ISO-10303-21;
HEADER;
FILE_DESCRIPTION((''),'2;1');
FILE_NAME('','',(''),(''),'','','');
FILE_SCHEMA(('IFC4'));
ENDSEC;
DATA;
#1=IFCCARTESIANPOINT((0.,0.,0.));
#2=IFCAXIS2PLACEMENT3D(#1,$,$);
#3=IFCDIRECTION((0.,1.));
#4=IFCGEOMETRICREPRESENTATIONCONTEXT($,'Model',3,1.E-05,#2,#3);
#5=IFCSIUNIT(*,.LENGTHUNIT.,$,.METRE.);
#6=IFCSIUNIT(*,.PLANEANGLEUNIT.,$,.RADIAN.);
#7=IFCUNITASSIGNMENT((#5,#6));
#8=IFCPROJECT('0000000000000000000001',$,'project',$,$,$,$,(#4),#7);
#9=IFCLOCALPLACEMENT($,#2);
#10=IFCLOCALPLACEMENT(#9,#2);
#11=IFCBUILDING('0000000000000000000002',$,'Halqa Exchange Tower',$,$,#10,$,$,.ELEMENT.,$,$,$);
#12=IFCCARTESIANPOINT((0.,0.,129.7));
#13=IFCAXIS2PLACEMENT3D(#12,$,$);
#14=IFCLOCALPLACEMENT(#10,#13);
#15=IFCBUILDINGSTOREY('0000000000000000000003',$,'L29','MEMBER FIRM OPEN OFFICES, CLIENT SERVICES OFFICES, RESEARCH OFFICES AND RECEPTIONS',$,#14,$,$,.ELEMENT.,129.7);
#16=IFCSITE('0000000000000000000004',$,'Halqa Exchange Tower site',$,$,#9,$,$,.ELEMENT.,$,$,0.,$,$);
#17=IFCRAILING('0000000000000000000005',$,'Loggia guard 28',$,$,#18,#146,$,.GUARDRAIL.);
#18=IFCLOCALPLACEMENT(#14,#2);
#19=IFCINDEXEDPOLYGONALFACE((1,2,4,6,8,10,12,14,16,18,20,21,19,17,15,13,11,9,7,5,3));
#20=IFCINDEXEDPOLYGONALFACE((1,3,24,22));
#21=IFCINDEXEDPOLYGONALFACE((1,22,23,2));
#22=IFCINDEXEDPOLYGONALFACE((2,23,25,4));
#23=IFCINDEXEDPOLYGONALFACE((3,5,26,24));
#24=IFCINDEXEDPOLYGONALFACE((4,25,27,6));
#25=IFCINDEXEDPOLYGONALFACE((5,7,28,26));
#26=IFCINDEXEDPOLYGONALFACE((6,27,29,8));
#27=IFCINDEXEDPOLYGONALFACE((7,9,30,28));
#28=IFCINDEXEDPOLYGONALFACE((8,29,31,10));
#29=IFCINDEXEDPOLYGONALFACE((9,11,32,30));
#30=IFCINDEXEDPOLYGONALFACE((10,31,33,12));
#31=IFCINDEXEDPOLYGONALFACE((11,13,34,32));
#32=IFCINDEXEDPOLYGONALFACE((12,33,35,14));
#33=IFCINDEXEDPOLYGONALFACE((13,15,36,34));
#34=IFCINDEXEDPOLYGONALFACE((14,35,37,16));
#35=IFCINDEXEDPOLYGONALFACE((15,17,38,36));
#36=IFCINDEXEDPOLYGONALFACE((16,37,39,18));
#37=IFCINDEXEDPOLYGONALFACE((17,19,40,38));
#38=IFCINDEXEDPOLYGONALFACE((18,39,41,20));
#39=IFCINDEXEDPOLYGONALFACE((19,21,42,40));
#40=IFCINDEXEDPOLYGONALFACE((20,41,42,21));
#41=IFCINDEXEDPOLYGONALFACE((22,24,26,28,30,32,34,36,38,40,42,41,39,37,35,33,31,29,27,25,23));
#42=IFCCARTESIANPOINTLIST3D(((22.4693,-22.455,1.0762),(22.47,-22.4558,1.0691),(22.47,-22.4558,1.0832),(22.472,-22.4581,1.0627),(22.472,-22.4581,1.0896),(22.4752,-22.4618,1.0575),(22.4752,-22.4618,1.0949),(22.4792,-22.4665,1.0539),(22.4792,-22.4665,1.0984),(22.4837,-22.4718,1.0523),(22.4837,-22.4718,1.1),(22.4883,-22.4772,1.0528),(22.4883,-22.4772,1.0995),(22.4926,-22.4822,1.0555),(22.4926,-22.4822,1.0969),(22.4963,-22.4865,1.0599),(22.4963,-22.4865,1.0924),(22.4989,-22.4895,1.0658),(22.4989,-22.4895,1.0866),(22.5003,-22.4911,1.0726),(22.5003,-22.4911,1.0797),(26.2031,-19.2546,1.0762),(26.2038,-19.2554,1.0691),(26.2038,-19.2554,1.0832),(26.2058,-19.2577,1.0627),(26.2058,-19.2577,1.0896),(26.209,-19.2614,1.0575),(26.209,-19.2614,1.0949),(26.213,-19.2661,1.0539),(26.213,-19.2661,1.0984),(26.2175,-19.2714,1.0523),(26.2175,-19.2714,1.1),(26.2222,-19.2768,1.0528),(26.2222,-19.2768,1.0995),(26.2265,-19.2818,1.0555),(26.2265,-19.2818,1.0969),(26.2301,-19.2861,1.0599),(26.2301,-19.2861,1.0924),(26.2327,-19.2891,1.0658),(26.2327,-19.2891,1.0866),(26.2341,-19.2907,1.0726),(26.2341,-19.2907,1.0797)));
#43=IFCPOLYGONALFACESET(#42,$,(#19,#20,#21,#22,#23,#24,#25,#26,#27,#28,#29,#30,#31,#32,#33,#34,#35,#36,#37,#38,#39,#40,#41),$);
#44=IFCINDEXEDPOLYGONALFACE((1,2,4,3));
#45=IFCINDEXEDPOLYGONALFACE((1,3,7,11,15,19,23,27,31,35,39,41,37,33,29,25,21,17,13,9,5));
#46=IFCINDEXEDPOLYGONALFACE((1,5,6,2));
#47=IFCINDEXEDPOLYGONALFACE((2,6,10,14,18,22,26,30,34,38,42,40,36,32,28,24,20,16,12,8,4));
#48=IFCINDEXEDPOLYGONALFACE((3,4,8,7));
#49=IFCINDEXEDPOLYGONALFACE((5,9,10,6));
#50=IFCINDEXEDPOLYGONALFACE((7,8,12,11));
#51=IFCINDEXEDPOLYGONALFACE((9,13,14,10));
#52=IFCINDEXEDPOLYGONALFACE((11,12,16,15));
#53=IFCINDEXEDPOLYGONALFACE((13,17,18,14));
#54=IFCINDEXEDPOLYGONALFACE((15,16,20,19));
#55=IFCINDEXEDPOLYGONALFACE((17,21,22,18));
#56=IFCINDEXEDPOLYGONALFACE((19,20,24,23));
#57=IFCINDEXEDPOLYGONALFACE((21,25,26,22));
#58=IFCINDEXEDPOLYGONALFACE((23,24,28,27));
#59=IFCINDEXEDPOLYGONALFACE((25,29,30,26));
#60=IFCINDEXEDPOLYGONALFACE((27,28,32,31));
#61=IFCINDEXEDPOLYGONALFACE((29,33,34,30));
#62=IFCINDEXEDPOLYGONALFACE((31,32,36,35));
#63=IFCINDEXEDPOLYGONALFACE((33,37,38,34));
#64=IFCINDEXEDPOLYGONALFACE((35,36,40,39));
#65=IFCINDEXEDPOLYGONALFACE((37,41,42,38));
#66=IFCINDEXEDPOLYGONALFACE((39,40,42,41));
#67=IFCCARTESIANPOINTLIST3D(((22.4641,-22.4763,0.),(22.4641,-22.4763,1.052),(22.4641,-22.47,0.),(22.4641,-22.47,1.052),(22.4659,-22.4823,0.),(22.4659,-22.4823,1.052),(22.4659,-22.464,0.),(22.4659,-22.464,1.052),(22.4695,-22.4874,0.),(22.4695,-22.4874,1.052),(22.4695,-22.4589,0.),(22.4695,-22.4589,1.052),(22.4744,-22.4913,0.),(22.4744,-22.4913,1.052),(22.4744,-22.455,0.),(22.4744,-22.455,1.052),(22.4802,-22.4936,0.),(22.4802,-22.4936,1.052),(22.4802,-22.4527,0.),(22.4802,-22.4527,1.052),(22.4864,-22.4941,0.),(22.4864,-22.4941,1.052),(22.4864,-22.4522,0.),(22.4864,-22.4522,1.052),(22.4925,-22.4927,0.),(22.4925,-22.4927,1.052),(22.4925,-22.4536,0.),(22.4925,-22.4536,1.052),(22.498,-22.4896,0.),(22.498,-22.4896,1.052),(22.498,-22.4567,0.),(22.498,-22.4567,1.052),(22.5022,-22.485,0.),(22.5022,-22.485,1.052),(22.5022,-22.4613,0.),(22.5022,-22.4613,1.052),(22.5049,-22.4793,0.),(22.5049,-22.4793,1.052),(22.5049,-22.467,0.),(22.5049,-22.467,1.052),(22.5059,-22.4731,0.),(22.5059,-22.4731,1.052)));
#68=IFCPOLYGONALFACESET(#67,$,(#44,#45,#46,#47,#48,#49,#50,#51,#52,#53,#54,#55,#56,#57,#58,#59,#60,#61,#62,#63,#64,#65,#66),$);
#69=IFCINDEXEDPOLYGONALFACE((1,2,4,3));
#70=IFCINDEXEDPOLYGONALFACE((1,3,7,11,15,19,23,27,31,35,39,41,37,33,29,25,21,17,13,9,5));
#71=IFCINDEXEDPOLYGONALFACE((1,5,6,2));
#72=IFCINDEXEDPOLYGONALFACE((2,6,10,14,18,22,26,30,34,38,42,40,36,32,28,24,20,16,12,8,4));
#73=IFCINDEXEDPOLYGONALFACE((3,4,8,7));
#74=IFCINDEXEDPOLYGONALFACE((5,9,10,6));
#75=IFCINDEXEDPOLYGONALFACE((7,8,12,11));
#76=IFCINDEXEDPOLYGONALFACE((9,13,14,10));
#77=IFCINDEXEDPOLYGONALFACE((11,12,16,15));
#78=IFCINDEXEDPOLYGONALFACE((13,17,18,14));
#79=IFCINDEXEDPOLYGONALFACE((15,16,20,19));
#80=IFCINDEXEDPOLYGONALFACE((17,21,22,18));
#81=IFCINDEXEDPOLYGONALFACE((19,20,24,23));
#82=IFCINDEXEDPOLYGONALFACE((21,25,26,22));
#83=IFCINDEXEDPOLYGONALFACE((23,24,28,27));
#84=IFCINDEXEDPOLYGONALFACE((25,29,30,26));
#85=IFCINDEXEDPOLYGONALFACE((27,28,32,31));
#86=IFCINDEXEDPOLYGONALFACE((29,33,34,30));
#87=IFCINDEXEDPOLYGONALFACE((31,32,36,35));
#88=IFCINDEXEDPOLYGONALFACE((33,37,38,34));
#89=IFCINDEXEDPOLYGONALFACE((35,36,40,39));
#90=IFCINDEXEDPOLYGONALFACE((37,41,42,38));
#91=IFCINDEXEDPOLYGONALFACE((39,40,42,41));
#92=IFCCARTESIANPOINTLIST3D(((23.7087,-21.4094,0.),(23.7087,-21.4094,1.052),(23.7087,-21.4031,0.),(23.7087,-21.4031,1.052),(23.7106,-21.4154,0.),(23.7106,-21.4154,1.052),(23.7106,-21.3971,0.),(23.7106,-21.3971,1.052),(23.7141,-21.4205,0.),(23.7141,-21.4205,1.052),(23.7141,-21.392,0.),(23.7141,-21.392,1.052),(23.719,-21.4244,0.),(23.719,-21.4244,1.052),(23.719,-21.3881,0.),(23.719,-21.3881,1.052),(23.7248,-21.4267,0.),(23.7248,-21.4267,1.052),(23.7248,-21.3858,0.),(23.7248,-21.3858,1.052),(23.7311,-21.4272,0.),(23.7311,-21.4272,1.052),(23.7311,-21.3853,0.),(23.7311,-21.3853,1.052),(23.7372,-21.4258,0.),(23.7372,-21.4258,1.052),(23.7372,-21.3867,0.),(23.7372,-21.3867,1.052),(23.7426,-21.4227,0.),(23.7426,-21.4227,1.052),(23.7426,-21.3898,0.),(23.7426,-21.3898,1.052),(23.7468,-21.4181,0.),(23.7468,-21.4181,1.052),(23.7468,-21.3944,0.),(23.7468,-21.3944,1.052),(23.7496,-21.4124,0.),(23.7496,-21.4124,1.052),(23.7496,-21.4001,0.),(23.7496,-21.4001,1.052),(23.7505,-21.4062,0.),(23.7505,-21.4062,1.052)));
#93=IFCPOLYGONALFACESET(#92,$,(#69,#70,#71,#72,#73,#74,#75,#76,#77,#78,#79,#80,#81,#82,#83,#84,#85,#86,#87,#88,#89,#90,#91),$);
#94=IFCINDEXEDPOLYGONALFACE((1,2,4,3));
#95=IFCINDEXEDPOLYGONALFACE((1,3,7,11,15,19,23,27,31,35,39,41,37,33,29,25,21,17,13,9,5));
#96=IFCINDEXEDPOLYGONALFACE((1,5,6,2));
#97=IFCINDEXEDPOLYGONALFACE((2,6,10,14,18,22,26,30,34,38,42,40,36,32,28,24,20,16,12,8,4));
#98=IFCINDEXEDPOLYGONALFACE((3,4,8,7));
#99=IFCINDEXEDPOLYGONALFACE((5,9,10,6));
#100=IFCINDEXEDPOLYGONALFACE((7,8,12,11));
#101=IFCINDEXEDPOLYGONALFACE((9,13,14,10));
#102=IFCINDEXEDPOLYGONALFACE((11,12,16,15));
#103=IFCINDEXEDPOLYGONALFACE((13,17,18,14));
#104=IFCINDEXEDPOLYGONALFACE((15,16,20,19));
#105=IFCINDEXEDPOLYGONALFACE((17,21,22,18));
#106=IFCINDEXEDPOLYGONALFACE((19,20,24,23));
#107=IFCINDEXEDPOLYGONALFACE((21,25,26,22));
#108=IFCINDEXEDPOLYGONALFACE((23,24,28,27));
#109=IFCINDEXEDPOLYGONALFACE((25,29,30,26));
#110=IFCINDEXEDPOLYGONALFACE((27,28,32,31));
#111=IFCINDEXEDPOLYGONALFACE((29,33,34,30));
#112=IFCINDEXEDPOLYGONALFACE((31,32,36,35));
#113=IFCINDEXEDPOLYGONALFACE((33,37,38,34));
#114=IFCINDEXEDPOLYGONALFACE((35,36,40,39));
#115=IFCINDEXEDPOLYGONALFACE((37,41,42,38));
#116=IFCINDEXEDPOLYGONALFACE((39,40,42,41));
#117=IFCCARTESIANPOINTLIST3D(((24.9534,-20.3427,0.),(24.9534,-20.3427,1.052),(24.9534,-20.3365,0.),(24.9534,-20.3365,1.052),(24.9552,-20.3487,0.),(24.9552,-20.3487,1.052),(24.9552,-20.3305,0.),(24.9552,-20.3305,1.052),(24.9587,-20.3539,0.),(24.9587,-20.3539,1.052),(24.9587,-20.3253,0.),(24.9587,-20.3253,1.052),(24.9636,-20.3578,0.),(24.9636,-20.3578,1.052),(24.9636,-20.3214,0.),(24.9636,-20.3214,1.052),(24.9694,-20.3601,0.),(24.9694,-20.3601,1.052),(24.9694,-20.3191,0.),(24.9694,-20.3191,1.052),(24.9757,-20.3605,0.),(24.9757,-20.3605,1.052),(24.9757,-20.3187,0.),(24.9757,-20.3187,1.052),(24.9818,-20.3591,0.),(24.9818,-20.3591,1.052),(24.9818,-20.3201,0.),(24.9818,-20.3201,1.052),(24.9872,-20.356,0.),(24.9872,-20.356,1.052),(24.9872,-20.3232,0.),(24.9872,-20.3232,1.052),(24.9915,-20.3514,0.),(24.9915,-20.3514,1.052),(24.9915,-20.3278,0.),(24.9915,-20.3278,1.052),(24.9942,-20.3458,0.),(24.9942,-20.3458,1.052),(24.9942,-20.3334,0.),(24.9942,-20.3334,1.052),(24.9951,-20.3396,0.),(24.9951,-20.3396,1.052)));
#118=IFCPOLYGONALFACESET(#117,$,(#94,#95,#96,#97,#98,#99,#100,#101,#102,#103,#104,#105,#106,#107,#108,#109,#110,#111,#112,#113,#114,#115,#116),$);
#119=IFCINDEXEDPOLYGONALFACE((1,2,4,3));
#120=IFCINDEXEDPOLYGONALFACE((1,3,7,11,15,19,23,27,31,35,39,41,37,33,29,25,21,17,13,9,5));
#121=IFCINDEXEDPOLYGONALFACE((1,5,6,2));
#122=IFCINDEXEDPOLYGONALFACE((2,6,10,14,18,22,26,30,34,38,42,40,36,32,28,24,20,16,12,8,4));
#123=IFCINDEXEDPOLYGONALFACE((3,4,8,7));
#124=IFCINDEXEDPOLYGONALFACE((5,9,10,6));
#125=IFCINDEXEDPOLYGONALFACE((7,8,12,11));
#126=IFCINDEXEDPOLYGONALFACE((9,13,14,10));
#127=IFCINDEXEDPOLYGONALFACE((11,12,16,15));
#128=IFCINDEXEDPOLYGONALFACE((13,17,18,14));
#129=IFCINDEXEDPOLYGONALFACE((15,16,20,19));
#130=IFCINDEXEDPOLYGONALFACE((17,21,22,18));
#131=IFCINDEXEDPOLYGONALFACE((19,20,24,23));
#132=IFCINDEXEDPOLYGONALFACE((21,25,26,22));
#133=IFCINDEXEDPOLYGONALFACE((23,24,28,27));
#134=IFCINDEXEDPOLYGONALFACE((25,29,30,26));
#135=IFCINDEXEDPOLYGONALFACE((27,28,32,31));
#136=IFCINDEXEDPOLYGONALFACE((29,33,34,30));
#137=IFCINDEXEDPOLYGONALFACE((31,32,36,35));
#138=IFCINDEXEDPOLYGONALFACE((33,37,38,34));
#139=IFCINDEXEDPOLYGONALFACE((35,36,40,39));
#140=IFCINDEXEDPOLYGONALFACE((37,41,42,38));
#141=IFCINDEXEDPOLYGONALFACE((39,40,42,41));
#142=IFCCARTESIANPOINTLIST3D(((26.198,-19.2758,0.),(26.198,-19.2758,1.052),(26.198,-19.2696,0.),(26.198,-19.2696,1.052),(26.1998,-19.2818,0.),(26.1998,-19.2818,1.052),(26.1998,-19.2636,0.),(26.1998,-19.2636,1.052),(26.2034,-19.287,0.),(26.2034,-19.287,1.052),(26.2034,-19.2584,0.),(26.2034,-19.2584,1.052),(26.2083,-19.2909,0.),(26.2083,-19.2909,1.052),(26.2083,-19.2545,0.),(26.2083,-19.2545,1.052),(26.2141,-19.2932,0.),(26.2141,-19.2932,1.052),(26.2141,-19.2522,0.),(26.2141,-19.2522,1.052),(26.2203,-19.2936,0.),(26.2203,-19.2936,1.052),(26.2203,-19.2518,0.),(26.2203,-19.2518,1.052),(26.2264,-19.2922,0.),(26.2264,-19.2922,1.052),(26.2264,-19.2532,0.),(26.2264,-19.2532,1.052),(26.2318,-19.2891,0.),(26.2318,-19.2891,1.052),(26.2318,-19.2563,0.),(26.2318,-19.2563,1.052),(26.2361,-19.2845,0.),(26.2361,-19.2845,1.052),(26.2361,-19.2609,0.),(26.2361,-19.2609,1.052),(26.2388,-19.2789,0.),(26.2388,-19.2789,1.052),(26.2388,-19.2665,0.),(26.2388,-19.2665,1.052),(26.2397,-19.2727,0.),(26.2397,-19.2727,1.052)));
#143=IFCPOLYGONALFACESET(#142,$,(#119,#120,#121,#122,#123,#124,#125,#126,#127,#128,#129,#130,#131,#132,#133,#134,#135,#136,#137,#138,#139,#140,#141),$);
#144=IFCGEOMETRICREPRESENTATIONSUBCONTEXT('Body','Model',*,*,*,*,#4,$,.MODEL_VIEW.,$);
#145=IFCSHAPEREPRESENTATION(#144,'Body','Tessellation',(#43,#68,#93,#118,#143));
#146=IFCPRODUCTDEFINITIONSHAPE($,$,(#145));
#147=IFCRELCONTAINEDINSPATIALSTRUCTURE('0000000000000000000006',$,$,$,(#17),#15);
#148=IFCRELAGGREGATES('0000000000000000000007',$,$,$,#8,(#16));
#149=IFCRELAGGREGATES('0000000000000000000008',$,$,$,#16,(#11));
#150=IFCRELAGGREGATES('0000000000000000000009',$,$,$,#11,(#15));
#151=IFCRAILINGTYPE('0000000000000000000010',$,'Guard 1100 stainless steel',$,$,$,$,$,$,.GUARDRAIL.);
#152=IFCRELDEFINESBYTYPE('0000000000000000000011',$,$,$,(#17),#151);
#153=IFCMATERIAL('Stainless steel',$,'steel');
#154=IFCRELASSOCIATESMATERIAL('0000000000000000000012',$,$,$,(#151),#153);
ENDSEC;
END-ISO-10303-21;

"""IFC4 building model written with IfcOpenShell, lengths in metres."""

from ifc_helpers import new_model, si_unit, direction, frame, origin, origin_2d, place, context, subcontext, project, spatial, circle, extrude, material, type_object, element, save


model = new_model("IFC4")

# Units and contexts
model_context = context("Model", 3, precision=1e-05, world=origin(), true_north=direction((0.0, 1.0)))
body_context = subcontext(model_context, "Body", "Model", "MODEL_VIEW")
ifc_project = project(units=[si_unit("LENGTHUNIT", "METRE"), si_unit("PLANEANGLEUNIT", "RADIAN")], contexts=[model_context])

# Site, building, storey
site_placement = place(None, origin())
site = spatial("IfcSite", under=ifc_project, at=site_placement, Name="Halqa Exchange Tower site", CompositionType="ELEMENT", RefElevation=0.0)
building_placement = place(site_placement, origin())
building = spatial("IfcBuilding", under=site, at=building_placement, Name="Halqa Exchange Tower", CompositionType="ELEMENT")
storey_placement = place(building_placement, frame((0.0, 0.0, 129.7)))
storey = spatial("IfcBuildingStorey", under=building, at=storey_placement, Name="L29", Description="MEMBER FIRM OPEN OFFICES, CLIENT SERVICES OFFICES, RESEARCH OFFICES AND RECEPTIONS", CompositionType="ELEMENT", Elevation=129.7)

# Railing
ifc_material_1 = material(Name="Stainless steel", Category="steel")
railing_type = type_object("IfcRailingType", Name="Guard 1100 stainless steel", PredefinedType="GUARDRAIL", material=ifc_material_1)
railing_1_placement = place(storey_placement, frame((22.4849, -22.4731, 0.0)))
element("IfcRailing", 1, at=railing_1_placement, inside=storey, type_object=railing_type, Name="Loggia guard 28", PredefinedType="GUARDRAIL", context=body_context, shape_type="SweptSolid", body=[
    extrude(circle(Radius=0.0239, at=origin_2d()), frame((0.0, 0.0, 1.0762), z_axis=(0.75926, 0.650787, 0.0), x_axis=(-0.650787, 0.75926, 0.0)), (0.0, 0.0, 1.0), 4.9177),
    extrude(circle(Radius=0.021, at=origin_2d()), origin(), (0.0, 0.0, 1.0), 1.052),
    extrude(circle(Radius=0.021, at=origin_2d()), frame((1.2446, 1.0669, 0.0)), (0.0, 0.0, 1.0), 1.052),
    extrude(circle(Radius=0.021, at=origin_2d()), frame((2.4893, 2.1335, 0.0)), (0.0, 0.0, 1.0), 1.052),
    extrude(circle(Radius=0.021, at=origin_2d()), frame((3.7339, 3.2004, 0.0)), (0.0, 0.0, 1.0), 1.052),
])

save(model, "model.ifc")
